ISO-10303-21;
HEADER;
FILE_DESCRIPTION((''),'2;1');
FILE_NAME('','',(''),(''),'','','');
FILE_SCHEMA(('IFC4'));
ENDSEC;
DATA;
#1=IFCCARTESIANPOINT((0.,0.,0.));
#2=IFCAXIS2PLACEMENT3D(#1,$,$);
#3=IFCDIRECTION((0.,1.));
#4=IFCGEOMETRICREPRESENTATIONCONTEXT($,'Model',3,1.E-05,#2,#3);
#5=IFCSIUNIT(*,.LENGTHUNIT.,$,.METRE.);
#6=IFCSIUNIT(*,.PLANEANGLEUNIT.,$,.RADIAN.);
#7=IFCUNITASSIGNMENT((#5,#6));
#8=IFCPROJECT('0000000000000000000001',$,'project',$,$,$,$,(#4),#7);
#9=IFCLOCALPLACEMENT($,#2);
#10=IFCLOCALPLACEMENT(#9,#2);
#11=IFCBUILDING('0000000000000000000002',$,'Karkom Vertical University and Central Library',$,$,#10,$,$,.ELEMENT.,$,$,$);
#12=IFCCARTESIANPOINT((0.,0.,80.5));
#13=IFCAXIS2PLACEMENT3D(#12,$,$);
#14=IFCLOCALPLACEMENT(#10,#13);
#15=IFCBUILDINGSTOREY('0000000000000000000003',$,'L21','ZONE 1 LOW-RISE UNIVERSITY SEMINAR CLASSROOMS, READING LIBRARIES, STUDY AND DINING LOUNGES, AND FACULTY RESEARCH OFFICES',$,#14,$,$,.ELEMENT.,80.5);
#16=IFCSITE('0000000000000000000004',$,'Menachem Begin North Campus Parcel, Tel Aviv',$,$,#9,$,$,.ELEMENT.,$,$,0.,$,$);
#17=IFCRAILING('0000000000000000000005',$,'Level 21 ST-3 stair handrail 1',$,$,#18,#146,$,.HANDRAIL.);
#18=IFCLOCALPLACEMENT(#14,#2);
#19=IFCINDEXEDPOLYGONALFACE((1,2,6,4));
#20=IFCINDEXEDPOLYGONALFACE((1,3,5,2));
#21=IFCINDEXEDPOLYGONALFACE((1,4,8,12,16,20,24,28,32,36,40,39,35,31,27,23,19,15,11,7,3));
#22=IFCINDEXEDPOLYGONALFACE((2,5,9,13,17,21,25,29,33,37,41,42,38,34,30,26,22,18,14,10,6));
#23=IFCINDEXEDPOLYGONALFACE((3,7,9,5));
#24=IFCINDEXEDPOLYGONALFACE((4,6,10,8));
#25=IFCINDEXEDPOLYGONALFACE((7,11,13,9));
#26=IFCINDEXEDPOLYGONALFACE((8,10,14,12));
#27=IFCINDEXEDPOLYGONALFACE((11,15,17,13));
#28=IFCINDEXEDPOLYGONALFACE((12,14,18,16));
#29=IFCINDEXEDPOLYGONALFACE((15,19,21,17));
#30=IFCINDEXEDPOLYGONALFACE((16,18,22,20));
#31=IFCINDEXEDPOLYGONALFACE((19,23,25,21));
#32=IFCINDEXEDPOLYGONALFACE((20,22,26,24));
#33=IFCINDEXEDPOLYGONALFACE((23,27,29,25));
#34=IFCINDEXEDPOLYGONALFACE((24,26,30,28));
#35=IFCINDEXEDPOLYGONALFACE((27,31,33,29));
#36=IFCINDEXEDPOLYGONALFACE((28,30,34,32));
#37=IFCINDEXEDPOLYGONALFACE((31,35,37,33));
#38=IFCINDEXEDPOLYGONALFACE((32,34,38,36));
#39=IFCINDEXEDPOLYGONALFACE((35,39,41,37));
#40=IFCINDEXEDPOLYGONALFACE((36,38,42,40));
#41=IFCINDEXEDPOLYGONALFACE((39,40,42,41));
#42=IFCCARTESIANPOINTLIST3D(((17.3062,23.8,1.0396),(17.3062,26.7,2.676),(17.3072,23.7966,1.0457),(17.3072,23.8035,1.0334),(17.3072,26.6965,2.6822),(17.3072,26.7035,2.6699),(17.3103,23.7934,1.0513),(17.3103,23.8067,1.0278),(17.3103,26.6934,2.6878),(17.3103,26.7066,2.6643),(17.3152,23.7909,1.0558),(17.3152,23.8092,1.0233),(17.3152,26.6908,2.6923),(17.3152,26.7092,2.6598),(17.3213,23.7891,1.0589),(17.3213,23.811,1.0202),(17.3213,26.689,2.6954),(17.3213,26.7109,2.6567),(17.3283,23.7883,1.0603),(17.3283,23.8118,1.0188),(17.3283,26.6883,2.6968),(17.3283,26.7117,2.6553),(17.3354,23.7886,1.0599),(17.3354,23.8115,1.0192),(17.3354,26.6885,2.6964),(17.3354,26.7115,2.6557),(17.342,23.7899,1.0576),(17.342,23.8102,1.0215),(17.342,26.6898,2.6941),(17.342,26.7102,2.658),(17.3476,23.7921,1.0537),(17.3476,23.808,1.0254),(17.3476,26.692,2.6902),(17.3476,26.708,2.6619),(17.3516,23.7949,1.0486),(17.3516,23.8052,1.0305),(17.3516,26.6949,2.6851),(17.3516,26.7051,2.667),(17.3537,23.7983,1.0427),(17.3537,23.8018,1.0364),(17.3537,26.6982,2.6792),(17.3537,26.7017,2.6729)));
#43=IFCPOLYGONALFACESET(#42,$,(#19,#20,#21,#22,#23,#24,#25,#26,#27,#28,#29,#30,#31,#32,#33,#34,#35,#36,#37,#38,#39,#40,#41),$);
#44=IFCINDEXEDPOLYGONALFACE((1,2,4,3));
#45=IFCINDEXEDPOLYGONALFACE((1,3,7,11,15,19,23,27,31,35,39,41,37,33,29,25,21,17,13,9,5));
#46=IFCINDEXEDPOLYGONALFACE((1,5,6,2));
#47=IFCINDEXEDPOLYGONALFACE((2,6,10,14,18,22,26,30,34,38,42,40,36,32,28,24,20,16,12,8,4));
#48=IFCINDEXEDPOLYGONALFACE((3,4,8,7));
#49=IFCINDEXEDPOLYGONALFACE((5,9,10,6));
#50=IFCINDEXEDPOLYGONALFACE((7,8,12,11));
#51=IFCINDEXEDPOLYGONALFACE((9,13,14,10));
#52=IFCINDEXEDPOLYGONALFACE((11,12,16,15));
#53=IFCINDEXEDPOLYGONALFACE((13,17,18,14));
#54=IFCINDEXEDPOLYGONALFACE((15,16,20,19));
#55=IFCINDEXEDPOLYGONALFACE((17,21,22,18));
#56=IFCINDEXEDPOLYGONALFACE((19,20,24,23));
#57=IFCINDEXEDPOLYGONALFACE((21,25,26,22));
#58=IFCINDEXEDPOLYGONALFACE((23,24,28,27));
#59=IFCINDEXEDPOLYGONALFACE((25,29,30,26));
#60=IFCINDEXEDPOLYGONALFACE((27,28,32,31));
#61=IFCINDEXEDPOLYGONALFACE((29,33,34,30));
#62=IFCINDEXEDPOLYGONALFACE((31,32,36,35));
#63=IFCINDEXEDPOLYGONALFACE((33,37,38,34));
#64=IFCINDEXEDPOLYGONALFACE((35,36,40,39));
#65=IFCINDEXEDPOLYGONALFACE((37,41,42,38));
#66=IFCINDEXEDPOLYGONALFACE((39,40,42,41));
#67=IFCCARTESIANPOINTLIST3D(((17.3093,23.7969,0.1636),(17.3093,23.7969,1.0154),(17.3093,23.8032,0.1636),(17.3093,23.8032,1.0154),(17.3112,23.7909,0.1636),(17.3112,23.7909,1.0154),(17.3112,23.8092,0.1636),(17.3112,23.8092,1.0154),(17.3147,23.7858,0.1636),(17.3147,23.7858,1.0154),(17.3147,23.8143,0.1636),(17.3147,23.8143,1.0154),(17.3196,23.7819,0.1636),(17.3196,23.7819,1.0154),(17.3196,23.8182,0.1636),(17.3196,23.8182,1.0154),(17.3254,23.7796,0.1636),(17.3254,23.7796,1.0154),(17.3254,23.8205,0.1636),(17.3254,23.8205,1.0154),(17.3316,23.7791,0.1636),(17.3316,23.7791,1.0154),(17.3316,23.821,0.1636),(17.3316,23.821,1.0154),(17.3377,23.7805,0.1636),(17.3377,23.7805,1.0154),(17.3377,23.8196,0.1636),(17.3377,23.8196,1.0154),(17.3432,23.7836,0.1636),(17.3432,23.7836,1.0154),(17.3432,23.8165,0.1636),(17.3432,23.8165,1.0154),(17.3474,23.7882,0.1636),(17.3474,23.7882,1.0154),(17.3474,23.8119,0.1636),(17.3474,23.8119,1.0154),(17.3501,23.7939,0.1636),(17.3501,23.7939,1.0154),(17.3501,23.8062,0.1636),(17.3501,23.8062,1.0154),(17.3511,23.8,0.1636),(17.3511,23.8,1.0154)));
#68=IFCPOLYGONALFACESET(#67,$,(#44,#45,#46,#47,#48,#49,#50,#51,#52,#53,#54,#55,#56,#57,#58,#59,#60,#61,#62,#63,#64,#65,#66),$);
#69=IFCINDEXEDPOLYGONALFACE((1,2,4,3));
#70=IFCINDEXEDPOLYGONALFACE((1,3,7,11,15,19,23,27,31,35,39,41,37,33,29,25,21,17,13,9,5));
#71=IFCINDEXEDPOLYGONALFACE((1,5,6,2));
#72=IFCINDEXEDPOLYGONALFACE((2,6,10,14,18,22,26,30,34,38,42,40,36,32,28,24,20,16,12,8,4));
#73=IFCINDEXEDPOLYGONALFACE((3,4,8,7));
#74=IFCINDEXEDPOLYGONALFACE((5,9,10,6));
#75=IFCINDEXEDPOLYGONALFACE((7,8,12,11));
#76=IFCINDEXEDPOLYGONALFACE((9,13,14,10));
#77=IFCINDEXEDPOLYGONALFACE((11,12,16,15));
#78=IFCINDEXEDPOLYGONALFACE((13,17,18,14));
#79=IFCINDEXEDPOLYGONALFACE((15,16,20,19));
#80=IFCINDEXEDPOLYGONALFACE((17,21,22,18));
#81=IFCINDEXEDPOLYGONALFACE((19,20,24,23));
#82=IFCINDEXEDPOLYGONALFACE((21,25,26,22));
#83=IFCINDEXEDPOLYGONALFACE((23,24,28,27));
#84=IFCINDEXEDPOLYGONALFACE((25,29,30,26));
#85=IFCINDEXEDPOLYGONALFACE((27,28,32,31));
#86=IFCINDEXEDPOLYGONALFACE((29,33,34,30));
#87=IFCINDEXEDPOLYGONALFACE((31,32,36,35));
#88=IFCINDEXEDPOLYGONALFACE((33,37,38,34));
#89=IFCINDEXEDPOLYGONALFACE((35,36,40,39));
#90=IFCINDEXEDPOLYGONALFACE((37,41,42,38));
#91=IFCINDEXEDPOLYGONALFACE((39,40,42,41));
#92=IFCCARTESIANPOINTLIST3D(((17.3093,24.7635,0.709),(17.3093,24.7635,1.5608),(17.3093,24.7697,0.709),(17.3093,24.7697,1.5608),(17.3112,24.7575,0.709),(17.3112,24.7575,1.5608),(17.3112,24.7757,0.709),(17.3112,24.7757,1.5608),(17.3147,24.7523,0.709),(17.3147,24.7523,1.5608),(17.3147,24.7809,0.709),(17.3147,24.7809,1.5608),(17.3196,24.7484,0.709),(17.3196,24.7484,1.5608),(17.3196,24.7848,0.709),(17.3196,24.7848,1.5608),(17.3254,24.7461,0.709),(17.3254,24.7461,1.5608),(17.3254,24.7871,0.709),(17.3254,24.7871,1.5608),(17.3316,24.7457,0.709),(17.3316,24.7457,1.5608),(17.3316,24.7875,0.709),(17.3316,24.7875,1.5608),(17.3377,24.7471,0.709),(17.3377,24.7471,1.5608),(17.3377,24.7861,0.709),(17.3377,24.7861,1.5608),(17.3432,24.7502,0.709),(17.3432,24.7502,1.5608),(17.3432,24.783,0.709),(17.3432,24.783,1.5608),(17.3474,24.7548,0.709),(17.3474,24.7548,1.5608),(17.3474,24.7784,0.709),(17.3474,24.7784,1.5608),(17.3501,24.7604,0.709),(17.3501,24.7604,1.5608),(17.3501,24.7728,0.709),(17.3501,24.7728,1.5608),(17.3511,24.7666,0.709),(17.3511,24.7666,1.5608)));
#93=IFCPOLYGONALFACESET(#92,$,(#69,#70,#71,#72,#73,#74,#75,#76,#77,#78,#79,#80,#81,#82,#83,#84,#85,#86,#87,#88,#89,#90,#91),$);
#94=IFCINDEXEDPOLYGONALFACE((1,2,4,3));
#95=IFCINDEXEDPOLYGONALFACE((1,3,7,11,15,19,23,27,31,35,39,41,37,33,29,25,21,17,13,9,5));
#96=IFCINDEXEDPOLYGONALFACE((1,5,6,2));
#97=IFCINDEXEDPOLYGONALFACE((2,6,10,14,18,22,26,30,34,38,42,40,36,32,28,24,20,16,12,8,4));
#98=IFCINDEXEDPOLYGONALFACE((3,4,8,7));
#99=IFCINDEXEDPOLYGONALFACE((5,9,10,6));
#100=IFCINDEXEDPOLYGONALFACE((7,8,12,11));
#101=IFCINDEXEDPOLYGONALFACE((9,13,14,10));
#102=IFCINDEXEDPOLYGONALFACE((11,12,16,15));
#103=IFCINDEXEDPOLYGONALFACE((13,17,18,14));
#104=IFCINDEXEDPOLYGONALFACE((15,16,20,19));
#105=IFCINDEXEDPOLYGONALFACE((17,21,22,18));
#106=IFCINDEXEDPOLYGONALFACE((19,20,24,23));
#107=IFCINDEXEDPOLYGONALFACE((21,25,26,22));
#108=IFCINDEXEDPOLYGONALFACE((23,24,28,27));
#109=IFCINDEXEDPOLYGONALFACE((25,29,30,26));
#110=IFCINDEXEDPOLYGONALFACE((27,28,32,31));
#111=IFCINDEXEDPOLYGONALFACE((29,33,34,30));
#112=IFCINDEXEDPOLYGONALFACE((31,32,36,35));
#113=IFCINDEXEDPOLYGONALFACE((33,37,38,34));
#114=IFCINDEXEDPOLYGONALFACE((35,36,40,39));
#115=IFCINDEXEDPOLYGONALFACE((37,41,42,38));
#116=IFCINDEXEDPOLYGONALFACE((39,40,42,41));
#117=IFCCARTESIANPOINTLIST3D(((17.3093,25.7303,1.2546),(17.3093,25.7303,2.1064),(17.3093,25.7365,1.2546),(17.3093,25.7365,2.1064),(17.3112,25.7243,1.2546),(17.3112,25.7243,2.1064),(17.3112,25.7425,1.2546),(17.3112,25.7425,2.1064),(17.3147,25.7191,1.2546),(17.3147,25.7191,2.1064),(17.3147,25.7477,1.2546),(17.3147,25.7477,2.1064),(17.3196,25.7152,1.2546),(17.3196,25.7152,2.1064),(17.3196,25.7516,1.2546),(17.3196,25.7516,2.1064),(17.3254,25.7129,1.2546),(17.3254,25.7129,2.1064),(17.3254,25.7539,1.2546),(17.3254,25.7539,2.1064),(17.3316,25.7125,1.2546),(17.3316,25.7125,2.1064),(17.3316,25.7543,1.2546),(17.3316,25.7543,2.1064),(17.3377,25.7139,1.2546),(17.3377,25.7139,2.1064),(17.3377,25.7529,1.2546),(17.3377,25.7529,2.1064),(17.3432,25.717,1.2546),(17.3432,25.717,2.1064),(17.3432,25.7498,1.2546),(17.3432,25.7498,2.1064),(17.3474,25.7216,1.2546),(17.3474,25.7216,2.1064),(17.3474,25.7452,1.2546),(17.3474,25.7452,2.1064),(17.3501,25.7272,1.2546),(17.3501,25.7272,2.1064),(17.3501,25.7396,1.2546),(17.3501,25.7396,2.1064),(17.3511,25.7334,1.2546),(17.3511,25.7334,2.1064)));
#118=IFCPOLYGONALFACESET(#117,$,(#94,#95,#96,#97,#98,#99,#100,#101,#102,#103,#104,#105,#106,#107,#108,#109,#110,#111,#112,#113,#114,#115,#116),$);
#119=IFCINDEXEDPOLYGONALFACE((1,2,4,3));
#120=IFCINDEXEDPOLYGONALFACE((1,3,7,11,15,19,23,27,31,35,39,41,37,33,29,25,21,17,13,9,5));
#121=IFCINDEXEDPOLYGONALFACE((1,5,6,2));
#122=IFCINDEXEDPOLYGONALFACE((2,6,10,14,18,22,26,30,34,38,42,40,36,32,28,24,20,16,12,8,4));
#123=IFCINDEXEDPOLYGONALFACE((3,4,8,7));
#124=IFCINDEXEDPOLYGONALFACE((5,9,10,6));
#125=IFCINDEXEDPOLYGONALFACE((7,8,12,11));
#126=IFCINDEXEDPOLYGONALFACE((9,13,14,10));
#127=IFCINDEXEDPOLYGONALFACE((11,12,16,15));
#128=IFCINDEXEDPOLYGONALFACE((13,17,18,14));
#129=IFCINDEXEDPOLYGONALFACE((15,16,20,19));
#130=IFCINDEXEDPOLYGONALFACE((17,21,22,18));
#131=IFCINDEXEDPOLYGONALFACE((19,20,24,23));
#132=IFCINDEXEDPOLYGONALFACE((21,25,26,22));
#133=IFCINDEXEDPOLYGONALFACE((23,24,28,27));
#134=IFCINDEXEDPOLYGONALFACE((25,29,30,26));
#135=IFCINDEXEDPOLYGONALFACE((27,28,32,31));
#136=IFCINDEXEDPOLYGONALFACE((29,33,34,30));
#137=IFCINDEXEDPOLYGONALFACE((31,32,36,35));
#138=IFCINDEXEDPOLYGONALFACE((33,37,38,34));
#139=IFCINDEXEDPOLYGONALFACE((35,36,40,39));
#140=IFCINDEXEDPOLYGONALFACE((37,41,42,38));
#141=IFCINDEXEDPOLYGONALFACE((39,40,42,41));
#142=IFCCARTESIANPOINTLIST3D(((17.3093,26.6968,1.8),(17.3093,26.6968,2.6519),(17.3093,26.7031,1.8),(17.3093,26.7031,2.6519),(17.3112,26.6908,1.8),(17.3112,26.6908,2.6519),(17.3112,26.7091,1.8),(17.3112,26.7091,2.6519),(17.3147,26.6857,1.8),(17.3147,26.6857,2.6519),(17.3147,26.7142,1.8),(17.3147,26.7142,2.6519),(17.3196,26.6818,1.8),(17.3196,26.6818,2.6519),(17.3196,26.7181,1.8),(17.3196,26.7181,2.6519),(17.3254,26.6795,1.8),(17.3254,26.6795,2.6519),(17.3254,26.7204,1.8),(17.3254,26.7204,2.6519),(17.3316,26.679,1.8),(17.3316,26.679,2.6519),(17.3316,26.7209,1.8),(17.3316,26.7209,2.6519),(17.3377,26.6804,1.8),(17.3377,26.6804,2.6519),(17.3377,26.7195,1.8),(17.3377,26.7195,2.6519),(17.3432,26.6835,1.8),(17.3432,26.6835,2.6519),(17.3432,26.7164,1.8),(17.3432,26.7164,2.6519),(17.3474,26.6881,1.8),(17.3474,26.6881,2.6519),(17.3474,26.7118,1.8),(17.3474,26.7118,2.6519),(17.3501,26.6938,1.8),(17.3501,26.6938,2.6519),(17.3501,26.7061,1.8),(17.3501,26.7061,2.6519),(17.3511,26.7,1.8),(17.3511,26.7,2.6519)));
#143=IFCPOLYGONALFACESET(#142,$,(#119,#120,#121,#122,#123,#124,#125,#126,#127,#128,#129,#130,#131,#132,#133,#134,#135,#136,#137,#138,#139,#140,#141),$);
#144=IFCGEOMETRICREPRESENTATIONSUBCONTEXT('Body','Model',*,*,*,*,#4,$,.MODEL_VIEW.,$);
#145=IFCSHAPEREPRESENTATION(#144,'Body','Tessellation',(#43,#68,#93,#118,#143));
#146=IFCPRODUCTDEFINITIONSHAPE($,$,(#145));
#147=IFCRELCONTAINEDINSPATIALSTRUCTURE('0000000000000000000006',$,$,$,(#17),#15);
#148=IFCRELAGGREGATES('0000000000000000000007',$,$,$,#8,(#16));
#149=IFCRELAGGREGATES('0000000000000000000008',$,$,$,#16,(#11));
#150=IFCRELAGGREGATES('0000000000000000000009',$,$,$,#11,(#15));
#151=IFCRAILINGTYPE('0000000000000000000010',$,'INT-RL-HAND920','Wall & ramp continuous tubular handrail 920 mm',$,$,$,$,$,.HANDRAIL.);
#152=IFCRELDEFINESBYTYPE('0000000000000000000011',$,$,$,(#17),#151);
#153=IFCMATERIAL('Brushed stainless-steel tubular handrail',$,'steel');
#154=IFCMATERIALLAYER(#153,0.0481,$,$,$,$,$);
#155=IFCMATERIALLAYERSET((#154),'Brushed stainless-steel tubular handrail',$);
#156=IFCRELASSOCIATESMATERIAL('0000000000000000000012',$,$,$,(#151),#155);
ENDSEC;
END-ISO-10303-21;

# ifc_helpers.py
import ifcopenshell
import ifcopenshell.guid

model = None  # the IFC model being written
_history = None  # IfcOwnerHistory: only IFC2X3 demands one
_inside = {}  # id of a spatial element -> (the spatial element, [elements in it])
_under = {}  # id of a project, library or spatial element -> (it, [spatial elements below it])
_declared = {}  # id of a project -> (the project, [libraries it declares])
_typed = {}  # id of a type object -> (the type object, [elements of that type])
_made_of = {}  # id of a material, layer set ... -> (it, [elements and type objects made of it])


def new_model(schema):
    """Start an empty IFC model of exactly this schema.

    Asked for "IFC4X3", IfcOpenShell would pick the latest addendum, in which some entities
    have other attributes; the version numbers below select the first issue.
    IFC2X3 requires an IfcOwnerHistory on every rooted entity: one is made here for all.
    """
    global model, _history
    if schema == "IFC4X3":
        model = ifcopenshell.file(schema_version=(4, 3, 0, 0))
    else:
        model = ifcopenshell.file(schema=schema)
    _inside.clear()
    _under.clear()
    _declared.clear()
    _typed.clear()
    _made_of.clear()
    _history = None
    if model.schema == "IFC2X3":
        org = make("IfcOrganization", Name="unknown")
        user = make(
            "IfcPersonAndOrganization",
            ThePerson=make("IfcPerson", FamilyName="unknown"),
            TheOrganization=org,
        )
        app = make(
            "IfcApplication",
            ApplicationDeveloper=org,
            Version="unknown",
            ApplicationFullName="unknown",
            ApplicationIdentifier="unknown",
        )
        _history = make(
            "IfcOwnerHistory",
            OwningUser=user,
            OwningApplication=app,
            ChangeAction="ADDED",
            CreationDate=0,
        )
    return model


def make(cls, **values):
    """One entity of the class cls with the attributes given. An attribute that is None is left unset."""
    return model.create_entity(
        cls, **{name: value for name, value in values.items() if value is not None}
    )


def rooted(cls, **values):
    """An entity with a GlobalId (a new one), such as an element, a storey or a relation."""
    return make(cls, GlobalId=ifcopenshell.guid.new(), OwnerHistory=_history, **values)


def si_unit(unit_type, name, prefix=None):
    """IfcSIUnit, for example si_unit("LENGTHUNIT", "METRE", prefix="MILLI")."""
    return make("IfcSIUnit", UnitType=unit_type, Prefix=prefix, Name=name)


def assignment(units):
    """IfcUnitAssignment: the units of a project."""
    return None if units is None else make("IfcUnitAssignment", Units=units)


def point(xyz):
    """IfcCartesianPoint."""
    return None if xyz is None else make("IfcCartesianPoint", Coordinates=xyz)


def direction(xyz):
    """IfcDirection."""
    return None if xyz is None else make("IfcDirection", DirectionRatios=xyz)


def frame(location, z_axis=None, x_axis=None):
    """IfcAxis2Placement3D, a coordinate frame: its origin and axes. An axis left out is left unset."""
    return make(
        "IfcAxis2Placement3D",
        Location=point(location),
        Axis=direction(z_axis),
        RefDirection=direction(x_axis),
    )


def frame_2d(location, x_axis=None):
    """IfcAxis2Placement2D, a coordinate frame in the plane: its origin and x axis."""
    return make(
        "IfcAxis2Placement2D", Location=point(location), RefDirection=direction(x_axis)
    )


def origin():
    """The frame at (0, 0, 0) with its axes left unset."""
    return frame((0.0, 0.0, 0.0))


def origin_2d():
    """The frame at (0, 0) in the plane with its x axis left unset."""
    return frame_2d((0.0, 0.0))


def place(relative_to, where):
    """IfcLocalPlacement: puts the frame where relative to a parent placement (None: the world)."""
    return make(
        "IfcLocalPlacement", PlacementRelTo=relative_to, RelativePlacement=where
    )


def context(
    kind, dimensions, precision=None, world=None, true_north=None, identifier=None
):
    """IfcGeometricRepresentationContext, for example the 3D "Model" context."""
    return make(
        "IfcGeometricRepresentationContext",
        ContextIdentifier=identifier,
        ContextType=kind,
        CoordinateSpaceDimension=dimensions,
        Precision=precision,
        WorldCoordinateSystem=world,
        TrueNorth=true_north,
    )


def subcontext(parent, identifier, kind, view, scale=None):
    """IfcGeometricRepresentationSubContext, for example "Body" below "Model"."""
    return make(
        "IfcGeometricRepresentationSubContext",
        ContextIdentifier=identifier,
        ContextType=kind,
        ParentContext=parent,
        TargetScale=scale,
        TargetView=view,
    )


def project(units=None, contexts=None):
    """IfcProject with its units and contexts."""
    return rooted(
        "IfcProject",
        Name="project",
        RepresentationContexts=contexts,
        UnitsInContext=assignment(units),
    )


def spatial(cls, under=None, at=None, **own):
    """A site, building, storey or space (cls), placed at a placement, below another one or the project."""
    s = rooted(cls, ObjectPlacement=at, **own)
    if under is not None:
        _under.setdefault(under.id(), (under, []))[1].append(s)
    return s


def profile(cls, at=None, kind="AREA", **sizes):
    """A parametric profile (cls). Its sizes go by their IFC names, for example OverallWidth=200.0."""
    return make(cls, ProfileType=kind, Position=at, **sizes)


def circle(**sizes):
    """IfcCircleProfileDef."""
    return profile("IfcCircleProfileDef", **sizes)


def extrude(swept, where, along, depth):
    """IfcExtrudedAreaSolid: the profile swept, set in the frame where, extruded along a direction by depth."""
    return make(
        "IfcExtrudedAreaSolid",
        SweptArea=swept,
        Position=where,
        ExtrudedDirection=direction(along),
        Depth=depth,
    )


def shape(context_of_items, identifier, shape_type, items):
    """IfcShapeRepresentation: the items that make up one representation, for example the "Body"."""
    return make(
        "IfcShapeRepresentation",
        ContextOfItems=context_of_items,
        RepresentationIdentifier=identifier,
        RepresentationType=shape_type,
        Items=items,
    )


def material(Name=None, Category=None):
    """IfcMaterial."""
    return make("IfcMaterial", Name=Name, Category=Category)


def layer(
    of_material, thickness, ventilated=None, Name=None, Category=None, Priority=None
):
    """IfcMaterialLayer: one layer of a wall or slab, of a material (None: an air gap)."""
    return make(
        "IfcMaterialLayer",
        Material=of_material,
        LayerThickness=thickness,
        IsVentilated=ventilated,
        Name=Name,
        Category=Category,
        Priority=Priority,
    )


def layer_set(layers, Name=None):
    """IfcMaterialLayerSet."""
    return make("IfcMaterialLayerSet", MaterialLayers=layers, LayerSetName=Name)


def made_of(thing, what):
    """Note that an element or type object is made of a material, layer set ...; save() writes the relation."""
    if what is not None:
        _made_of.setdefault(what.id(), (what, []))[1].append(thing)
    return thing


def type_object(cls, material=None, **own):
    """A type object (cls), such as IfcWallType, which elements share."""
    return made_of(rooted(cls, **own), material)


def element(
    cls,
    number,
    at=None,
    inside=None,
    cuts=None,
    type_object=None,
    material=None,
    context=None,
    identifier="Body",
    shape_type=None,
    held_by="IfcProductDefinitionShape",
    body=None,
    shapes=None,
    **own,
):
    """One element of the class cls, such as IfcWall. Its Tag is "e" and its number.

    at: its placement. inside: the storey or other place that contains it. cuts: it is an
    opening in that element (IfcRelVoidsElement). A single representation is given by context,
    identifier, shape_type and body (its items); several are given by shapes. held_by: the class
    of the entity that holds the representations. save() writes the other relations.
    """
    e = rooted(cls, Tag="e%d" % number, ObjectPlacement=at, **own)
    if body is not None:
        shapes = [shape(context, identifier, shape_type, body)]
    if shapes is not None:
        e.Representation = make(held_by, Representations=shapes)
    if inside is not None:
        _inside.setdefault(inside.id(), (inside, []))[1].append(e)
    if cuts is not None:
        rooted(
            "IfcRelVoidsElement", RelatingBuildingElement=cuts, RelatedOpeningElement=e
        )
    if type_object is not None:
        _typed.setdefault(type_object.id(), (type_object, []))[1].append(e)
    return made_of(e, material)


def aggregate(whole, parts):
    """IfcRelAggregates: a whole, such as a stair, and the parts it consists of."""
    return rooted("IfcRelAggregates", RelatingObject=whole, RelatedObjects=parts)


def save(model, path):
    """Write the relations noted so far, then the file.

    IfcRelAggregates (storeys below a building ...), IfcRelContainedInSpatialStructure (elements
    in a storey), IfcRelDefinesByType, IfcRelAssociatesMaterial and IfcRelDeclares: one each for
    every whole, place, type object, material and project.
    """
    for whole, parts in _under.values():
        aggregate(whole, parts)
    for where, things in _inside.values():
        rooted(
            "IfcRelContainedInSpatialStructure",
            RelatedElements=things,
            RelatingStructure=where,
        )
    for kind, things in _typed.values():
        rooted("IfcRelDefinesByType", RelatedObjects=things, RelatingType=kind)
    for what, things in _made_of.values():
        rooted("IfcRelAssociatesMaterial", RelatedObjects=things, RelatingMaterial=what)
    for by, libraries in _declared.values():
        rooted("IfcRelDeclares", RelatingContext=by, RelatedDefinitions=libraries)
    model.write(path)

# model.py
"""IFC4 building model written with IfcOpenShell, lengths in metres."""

from ifc_helpers import new_model, si_unit, direction, frame, origin, origin_2d, place, context, subcontext, project, spatial, circle, extrude, material, layer, layer_set, type_object, element, save


model = new_model("IFC4")

# Units and contexts
model_context = context("Model", 3, precision=1e-05, world=origin(), true_north=direction((0.0, 1.0)))
body_context = subcontext(model_context, "Body", "Model", "MODEL_VIEW")
ifc_project = project(units=[si_unit("LENGTHUNIT", "METRE"), si_unit("PLANEANGLEUNIT", "RADIAN")], contexts=[model_context])

# Site, building, storey
site_placement = place(None, origin())
site = spatial("IfcSite", under=ifc_project, at=site_placement, Name="Menachem Begin North Campus Parcel, Tel Aviv", CompositionType="ELEMENT", RefElevation=0.0)
building_placement = place(site_placement, origin())
building = spatial("IfcBuilding", under=site, at=building_placement, Name="Karkom Vertical University and Central Library", CompositionType="ELEMENT")
storey_placement = place(building_placement, frame((0.0, 0.0, 80.5)))
storey = spatial("IfcBuildingStorey", under=building, at=storey_placement, Name="L21", Description="ZONE 1 LOW-RISE UNIVERSITY SEMINAR CLASSROOMS, READING LIBRARIES, STUDY AND DINING LOUNGES, AND FACULTY RESEARCH OFFICES", CompositionType="ELEMENT", Elevation=80.5)

# Railing
ifc_material_1 = material(Name="Brushed stainless-steel tubular handrail", Category="steel")
ifc_layer_1 = layer(ifc_material_1, 0.0481)
ifc_layer_set_1 = layer_set([ifc_layer_1], Name="Brushed stainless-steel tubular handrail")
railing_type_1 = type_object("IfcRailingType", Name="INT-RL-HAND920", Description="Wall & ramp continuous tubular handrail 920 mm", PredefinedType="HANDRAIL", material=ifc_layer_set_1)
railing_1_placement = place(storey_placement, frame((17.3301, 23.8, 0.1636)))
element("IfcRailing", 1, at=railing_1_placement, inside=storey, type_object=railing_type_1, Name="Level 21 ST-3 stair handrail 1", PredefinedType="HANDRAIL", context=body_context, shape_type="SweptSolid", body=[
    extrude(circle(Radius=0.0239, at=origin_2d()), frame((0.0, 0.0, 0.876), z_axis=(0.0, 0.870897, 0.491465), x_axis=(-1.0, 0.0, 0.0)), (0.0, 0.0, 1.0), 3.3298),
    extrude(circle(Radius=0.021, at=origin_2d()), origin(), (0.0, 0.0, 1.0), 0.8518),
    extrude(circle(Radius=0.021, at=origin_2d()), frame((0.0, 0.9666, 0.5454)), (0.0, 0.0, 1.0), 0.8518),
    extrude(circle(Radius=0.021, at=origin_2d()), frame((0.0, 1.9333, 1.0911)), (0.0, 0.0, 1.0), 0.8518),
    extrude(circle(Radius=0.021, at=origin_2d()), frame((0.0, 2.8999, 1.6365)), (0.0, 0.0, 1.0), 0.8518),
])

save(model, "model.ifc")
